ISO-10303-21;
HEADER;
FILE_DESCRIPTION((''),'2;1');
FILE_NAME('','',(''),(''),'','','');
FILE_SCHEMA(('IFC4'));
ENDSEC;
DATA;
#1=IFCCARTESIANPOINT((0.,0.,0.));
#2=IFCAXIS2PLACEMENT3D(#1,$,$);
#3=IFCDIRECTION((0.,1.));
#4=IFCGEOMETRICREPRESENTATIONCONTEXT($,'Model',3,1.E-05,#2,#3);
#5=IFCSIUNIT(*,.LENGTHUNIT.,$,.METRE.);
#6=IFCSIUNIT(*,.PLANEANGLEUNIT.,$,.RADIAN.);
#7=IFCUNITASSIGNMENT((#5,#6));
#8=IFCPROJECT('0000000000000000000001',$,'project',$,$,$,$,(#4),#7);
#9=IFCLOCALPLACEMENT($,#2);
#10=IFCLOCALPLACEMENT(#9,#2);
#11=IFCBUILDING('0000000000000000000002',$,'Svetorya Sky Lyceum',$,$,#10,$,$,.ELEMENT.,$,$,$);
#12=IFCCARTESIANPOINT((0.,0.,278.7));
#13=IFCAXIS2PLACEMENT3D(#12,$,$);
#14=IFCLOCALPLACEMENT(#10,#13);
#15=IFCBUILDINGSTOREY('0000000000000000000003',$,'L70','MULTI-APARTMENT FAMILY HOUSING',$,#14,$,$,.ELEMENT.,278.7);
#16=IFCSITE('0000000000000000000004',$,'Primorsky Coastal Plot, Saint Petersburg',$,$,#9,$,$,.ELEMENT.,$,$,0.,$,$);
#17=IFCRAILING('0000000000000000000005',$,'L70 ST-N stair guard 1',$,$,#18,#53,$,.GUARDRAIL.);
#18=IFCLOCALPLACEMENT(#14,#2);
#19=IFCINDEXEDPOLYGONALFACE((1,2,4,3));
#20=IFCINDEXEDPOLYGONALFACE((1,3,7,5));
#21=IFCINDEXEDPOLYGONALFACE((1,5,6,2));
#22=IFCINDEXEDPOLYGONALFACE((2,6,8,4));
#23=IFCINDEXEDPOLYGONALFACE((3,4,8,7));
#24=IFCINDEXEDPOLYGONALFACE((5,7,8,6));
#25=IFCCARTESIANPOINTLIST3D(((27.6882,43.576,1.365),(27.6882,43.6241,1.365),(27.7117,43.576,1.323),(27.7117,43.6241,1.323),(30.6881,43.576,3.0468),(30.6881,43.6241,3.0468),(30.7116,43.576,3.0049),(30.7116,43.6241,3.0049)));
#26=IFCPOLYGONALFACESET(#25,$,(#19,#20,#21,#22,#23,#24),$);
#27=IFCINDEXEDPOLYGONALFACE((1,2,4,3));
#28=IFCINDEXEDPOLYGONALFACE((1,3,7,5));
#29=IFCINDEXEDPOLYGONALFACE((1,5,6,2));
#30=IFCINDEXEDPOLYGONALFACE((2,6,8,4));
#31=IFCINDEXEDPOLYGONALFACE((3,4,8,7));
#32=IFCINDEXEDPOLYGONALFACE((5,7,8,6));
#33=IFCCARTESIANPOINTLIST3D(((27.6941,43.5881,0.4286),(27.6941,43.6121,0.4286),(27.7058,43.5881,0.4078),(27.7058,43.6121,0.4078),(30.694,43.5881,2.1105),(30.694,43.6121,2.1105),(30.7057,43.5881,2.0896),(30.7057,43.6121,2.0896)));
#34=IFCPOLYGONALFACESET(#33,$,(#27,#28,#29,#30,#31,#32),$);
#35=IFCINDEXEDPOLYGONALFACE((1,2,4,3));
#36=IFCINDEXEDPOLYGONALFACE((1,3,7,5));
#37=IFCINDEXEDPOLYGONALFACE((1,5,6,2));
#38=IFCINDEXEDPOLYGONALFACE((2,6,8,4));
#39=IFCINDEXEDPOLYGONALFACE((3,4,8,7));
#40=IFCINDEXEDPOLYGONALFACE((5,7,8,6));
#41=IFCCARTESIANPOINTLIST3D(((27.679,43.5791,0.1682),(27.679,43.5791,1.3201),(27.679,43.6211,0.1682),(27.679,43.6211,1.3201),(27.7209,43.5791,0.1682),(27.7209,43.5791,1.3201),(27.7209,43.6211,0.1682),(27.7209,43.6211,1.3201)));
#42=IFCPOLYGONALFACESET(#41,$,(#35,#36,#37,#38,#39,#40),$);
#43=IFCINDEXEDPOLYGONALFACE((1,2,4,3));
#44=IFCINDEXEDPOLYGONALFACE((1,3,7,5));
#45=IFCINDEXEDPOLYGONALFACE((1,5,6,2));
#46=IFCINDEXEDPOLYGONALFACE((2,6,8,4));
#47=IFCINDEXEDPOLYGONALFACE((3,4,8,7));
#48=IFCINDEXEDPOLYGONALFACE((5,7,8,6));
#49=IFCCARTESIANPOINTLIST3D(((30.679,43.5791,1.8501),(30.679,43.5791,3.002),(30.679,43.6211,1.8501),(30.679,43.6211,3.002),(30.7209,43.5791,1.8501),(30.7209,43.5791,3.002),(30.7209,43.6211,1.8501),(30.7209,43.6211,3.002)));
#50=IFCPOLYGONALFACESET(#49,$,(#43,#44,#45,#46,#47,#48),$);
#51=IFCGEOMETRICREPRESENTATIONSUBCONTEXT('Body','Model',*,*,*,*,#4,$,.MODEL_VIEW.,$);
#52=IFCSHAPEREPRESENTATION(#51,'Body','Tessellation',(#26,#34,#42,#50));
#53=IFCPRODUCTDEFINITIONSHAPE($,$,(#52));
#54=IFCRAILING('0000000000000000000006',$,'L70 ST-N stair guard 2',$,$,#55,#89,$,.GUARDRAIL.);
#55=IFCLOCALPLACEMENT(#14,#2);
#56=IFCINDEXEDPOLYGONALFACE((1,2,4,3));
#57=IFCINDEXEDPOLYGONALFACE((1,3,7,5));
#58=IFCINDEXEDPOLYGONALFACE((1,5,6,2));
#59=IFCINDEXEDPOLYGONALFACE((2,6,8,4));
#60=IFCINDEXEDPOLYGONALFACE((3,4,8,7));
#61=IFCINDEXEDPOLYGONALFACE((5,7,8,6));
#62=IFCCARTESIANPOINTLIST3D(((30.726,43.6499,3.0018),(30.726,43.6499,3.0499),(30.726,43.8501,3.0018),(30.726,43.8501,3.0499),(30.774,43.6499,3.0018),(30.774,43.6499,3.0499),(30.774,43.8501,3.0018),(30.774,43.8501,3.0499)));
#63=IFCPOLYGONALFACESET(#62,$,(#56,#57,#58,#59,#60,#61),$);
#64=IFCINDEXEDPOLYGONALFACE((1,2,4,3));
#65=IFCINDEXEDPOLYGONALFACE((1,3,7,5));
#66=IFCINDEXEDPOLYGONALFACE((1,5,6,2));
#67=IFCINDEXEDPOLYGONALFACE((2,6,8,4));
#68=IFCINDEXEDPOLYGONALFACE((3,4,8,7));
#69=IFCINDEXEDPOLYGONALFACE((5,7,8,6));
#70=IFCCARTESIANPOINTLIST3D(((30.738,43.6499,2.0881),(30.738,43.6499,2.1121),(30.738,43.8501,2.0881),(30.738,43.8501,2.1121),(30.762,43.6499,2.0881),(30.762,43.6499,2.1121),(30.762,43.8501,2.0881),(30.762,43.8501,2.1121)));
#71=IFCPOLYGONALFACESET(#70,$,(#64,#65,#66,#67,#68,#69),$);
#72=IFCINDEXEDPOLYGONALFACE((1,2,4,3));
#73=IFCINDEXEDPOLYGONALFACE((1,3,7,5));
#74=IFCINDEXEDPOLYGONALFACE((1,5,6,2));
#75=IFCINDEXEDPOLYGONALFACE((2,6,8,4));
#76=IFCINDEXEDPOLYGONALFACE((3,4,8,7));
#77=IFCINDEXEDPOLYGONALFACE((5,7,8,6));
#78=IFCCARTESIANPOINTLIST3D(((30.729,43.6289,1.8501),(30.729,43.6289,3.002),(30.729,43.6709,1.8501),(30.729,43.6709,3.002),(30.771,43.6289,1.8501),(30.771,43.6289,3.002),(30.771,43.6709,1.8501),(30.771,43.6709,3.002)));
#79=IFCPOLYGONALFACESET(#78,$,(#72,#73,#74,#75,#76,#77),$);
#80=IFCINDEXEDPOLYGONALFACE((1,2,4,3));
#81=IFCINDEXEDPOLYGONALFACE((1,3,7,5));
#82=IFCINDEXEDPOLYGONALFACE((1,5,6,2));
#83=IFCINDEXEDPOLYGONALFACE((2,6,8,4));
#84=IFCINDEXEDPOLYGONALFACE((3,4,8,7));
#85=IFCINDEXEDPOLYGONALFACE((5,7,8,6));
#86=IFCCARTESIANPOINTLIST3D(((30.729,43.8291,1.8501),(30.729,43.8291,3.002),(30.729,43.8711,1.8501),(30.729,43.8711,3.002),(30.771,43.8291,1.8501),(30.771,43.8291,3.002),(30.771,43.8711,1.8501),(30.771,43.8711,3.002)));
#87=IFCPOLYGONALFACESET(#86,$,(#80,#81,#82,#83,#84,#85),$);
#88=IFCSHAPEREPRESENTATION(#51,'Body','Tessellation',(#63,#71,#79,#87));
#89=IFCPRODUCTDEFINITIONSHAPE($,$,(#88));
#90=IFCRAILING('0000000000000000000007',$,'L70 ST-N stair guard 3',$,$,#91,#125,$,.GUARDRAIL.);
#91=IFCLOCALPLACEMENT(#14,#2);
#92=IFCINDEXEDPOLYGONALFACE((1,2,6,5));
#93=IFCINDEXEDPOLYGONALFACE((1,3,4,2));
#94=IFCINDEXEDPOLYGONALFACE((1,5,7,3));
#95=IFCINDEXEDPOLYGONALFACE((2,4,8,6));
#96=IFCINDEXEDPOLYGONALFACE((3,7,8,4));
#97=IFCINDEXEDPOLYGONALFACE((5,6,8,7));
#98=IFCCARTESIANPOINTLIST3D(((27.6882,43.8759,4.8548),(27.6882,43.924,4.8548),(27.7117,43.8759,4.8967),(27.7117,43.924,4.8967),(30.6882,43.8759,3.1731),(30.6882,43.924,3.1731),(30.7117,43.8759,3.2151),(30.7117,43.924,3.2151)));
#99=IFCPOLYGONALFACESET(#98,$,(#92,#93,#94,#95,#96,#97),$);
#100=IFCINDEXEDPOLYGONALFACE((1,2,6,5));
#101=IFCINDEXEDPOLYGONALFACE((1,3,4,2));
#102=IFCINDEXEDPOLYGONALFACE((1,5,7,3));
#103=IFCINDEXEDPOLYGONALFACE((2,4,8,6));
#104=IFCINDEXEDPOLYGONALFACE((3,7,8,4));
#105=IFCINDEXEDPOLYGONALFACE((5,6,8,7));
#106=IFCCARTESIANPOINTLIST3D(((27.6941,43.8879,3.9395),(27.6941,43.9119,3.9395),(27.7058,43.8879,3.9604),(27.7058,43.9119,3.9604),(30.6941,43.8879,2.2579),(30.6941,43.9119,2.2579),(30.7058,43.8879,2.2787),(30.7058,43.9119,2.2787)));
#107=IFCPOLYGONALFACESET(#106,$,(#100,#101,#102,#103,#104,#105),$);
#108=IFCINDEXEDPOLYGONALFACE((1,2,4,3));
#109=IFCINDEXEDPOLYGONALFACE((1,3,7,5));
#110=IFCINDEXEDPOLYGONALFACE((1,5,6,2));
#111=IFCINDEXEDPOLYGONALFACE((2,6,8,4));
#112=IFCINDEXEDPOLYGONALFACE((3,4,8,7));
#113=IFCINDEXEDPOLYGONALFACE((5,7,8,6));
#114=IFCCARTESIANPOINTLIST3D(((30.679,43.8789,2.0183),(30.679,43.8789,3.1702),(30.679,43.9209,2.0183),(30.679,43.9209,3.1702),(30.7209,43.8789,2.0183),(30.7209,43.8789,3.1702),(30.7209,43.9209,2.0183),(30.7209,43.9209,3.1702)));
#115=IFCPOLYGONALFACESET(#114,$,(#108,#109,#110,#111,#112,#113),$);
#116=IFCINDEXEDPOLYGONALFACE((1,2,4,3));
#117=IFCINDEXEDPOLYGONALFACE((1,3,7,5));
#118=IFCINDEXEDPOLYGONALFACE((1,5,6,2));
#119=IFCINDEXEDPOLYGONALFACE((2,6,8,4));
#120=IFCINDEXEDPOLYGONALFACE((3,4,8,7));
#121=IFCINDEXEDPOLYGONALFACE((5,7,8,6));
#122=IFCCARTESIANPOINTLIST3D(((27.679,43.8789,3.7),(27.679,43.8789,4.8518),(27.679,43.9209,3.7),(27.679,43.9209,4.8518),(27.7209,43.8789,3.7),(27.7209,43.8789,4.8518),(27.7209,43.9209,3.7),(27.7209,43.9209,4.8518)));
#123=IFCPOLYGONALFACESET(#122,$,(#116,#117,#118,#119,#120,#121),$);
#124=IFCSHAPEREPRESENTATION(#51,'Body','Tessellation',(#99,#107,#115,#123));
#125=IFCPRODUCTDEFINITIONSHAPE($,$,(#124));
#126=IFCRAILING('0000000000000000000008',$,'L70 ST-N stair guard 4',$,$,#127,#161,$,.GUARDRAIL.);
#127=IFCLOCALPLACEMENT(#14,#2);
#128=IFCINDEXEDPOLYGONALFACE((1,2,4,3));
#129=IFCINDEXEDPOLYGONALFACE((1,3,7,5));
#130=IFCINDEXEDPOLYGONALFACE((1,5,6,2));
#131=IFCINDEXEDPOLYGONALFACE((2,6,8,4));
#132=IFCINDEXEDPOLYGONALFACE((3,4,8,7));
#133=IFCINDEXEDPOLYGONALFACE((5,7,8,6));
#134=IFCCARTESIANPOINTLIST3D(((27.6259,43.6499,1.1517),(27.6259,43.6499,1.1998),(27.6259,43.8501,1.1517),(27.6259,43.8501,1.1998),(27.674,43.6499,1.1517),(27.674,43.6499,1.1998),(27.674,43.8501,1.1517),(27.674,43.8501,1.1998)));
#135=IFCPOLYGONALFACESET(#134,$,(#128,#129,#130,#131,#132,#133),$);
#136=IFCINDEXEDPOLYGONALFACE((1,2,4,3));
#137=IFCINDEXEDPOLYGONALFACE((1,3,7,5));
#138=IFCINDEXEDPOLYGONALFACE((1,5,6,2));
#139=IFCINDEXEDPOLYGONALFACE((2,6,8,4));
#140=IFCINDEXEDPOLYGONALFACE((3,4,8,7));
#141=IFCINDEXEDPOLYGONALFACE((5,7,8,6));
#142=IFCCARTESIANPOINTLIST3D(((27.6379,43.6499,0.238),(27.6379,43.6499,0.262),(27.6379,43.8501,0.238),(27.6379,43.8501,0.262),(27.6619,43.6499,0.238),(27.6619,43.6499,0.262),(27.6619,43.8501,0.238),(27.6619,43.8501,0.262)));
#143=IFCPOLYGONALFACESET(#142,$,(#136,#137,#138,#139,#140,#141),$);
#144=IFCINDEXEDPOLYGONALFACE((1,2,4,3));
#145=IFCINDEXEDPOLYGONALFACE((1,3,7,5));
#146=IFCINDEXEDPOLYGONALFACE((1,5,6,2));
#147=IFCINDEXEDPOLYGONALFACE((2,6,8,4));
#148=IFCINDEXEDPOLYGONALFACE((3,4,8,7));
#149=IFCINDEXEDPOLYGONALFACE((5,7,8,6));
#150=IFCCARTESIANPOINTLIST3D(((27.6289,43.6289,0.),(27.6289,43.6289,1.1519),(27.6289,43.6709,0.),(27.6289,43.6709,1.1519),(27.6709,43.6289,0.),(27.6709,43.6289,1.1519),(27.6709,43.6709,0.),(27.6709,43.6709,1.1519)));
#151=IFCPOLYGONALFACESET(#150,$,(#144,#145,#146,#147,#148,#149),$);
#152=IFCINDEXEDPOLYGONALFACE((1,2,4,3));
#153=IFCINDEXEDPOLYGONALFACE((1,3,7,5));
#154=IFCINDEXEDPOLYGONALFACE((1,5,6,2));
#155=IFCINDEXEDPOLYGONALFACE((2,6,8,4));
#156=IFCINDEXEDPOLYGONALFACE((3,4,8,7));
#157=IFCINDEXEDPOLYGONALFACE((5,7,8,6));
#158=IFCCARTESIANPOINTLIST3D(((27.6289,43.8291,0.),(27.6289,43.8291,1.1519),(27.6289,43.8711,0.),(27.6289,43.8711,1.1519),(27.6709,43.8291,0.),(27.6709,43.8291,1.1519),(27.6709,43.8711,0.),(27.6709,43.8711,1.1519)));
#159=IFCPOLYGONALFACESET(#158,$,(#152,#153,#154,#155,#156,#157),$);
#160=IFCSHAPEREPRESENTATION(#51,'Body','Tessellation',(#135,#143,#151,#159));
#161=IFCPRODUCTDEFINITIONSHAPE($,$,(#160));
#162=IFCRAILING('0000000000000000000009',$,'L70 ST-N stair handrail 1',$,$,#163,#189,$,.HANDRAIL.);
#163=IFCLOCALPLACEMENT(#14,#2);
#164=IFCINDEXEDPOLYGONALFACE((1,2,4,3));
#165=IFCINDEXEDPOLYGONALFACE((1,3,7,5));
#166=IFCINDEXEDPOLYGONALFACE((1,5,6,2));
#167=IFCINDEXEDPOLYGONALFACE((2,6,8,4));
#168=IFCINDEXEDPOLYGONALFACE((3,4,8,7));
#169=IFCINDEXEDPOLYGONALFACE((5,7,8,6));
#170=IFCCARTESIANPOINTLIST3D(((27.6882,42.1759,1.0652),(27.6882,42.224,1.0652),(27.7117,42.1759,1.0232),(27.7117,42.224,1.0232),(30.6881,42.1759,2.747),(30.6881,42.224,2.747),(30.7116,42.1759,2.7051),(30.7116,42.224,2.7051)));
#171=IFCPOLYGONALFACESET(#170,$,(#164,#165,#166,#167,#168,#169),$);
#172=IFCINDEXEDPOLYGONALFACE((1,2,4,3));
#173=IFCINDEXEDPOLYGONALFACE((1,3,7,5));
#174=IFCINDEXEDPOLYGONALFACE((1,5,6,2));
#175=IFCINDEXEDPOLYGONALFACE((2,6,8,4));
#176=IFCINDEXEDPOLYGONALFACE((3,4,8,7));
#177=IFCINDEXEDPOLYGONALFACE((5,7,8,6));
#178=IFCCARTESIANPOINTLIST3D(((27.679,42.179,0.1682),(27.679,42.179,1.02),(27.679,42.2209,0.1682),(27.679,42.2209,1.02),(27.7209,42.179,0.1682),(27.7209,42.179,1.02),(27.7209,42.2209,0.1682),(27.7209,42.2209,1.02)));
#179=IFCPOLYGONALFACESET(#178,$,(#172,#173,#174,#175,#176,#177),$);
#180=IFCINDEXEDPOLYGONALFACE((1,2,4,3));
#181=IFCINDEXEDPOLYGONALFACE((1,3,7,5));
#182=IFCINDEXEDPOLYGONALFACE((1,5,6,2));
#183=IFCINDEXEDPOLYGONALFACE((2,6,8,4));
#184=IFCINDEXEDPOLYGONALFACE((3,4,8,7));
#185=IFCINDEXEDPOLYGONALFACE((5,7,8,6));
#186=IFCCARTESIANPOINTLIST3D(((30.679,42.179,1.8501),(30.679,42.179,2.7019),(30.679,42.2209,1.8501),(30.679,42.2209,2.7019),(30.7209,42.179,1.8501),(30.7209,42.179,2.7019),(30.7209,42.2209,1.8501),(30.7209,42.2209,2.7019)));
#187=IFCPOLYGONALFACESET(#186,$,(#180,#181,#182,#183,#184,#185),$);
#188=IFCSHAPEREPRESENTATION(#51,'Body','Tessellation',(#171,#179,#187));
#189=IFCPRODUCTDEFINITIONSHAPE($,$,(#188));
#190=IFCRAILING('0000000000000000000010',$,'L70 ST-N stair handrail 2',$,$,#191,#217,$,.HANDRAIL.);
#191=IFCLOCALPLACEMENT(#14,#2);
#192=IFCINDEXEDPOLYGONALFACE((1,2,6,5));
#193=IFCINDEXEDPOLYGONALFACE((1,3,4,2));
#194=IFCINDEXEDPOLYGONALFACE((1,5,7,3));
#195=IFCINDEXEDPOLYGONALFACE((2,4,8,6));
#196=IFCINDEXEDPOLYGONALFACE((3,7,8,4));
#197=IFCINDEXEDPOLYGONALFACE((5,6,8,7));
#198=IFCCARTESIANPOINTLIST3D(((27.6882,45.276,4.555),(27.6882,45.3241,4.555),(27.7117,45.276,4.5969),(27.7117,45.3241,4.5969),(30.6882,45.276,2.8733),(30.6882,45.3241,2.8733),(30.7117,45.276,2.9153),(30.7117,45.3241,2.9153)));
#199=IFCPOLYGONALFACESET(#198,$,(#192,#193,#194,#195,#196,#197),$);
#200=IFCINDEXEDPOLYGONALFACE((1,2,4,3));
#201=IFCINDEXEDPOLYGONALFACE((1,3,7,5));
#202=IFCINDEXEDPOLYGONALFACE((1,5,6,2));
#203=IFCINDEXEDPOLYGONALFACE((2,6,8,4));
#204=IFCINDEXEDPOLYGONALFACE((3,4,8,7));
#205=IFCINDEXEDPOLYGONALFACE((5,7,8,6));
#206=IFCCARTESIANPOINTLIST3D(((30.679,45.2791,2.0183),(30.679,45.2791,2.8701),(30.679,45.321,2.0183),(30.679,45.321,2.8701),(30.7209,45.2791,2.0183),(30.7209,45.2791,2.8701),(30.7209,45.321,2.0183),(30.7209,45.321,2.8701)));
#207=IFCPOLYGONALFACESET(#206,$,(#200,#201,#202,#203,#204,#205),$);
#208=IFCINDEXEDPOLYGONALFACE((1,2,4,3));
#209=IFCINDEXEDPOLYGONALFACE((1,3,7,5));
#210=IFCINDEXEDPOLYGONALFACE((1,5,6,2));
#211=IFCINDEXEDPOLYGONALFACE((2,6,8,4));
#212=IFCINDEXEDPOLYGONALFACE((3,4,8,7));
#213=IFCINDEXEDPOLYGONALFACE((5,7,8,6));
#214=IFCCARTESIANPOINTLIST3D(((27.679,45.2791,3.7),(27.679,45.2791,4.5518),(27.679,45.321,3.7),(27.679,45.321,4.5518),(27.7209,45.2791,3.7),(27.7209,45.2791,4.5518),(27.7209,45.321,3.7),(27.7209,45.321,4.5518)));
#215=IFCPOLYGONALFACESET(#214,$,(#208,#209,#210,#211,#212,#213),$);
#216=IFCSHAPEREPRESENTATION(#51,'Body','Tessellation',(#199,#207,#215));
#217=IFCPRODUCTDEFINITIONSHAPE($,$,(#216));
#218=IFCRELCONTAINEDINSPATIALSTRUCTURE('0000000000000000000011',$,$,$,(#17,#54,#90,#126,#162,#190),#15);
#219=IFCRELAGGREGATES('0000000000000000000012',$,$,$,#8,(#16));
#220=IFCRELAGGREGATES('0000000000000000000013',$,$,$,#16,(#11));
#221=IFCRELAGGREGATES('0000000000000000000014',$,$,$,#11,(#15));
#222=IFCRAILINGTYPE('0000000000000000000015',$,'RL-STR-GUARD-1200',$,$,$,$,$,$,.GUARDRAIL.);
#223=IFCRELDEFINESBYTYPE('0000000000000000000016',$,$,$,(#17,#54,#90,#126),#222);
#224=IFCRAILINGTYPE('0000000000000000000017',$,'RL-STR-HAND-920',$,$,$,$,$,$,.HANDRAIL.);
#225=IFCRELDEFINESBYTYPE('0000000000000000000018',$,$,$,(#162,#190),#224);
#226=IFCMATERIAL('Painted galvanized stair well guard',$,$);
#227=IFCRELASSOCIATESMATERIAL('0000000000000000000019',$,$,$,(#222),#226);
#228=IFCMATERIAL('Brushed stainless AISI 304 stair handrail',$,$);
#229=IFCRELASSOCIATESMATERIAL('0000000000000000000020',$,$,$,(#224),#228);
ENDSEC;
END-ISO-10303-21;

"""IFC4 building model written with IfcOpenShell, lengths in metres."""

from ifc_helpers import new_model, si_unit, direction, frame, origin, origin_2d, place, context, subcontext, project, spatial, rectangle, extrude, material, type_object, element, save


model = new_model("IFC4")

# Units and contexts
model_context = context("Model", 3, precision=1e-05, world=origin(), true_north=direction((0.0, 1.0)))
body_context = subcontext(model_context, "Body", "Model", "MODEL_VIEW")
ifc_project = project(units=[si_unit("LENGTHUNIT", "METRE"), si_unit("PLANEANGLEUNIT", "RADIAN")], contexts=[model_context])

# Site, building, storey
site_placement = place(None, origin())
site = spatial("IfcSite", under=ifc_project, at=site_placement, Name="Primorsky Coastal Plot, Saint Petersburg", CompositionType="ELEMENT", RefElevation=0.0)
building_placement = place(site_placement, origin())
building = spatial("IfcBuilding", under=site, at=building_placement, Name="Svetorya Sky Lyceum", CompositionType="ELEMENT")
storey_placement = place(building_placement, frame((0.0, 0.0, 278.7)))
storey = spatial("IfcBuildingStorey", under=building, at=storey_placement, Name="L70", Description="MULTI-APARTMENT FAMILY HOUSING", CompositionType="ELEMENT", Elevation=278.7)

# Railings
ifc_material_1 = material(Name="Painted galvanized stair well guard")
railing_type_1 = type_object("IfcRailingType", Name="RL-STR-GUARD-1200", PredefinedType="GUARDRAIL", material=ifc_material_1)
railing_1_placement = place(storey_placement, frame((27.7, 43.6001, 0.1682)))
element("IfcRailing", 1, at=railing_1_placement, inside=storey, type_object=railing_type_1, Name="L70 ST-N stair guard 1", PredefinedType="GUARDRAIL", context=body_context, shape_type="SweptSolid", body=[
    extrude(rectangle(XDim=0.0481, YDim=0.0481, at=origin_2d()), frame((0.0, 0.0, 1.1758), z_axis=(0.872272, 0.0, 0.48902), x_axis=(0.0, 1.0, 0.0)), (0.0, 0.0, 1.0), 3.4392),
    extrude(rectangle(XDim=0.0239, YDim=0.0239, at=origin_2d()), frame((0.0, 0.0, 0.25), z_axis=(0.872272, 0.0, 0.48902), x_axis=(0.0, 1.0, 0.0)), (0.0, 0.0, 1.0), 3.4392),
    extrude(rectangle(XDim=0.042, YDim=0.042, at=origin_2d()), origin(), (0.0, 0.0, 1.0), 1.1519),
    extrude(rectangle(XDim=0.042, YDim=0.042, at=origin_2d()), frame((3.0, 0.0, 1.6819)), (0.0, 0.0, 1.0), 1.1519),
])
railing_2_placement = place(storey_placement, frame((30.75, 43.6499, 1.8501)))
element("IfcRailing", 2, at=railing_2_placement, inside=storey, type_object=railing_type_1, Name="L70 ST-N stair guard 2", PredefinedType="GUARDRAIL", context=body_context, shape_type="SweptSolid", body=[
    extrude(rectangle(XDim=0.0481, YDim=0.0481, at=origin_2d()), frame((0.0, 0.0, 1.1758), z_axis=(0.0, 1.0, 0.0), x_axis=(-1.0, 0.0, 0.0)), (0.0, 0.0, 1.0), 0.2002),
    extrude(rectangle(XDim=0.0239, YDim=0.0239, at=origin_2d()), frame((0.0, 0.0, 0.25), z_axis=(0.0, 1.0, 0.0), x_axis=(-1.0, 0.0, 0.0)), (0.0, 0.0, 1.0), 0.2002),
    extrude(rectangle(XDim=0.042, YDim=0.042, at=origin_2d()), origin(), (0.0, 0.0, 1.0), 1.1519),
    extrude(rectangle(XDim=0.042, YDim=0.042, at=origin_2d()), frame((0.0, 0.2002, 0.0)), (0.0, 0.0, 1.0), 1.1519),
])
railing_3_placement = place(storey_placement, frame((30.7, 43.8999, 2.0183)))
element("IfcRailing", 3, at=railing_3_placement, inside=storey, type_object=railing_type_1, Name="L70 ST-N stair guard 3", PredefinedType="GUARDRAIL", context=body_context, shape_type="SweptSolid", body=[
    extrude(rectangle(XDim=0.0481, YDim=0.0481, at=origin_2d()), frame((0.0, 0.0, 1.1758), z_axis=(-0.872303, 0.0, 0.488966), x_axis=(0.0, -1.0, 0.0)), (0.0, 0.0, 1.0), 3.4392),
    extrude(rectangle(XDim=0.0239, YDim=0.0239, at=origin_2d()), frame((0.0, 0.0, 0.25), z_axis=(-0.872303, 0.0, 0.488966), x_axis=(0.0, -1.0, 0.0)), (0.0, 0.0, 1.0), 3.4392),
    extrude(rectangle(XDim=0.042, YDim=0.042, at=origin_2d()), origin(), (0.0, 0.0, 1.0), 1.1519),
    extrude(rectangle(XDim=0.042, YDim=0.042, at=origin_2d()), frame((-3.0, 0.0, 1.6816)), (0.0, 0.0, 1.0), 1.1519),
])
railing_4_placement = place(storey_placement, frame((27.6499, 43.6499, 0.0)))
element("IfcRailing", 4, at=railing_4_placement, inside=storey, type_object=railing_type_1, Name="L70 ST-N stair guard 4", PredefinedType="GUARDRAIL", context=body_context, shape_type="SweptSolid", body=[
    extrude(rectangle(XDim=0.0481, YDim=0.0481, at=origin_2d()), frame((0.0, 0.0, 1.1758), z_axis=(0.0, 1.0, 0.0), x_axis=(-1.0, 0.0, 0.0)), (0.0, 0.0, 1.0), 0.2002),
    extrude(rectangle(XDim=0.0239, YDim=0.0239, at=origin_2d()), frame((0.0, 0.0, 0.25), z_axis=(0.0, 1.0, 0.0), x_axis=(-1.0, 0.0, 0.0)), (0.0, 0.0, 1.0), 0.2002),
    extrude(rectangle(XDim=0.042, YDim=0.042, at=origin_2d()), origin(), (0.0, 0.0, 1.0), 1.1519),
    extrude(rectangle(XDim=0.042, YDim=0.042, at=origin_2d()), frame((0.0, 0.2002, 0.0)), (0.0, 0.0, 1.0), 1.1519),
])
ifc_material_2 = material(Name="Brushed stainless AISI 304 stair handrail")
railing_type_2 = type_object("IfcRailingType", Name="RL-STR-HAND-920", PredefinedType="HANDRAIL", material=ifc_material_2)
railing_5_placement = place(storey_placement, frame((27.7, 42.2, 0.1682)))
element("IfcRailing", 5, at=railing_5_placement, inside=storey, type_object=railing_type_2, Name="L70 ST-N stair handrail 1", PredefinedType="HANDRAIL", context=body_context, shape_type="SweptSolid", body=[
    extrude(rectangle(XDim=0.0481, YDim=0.0481, at=origin_2d()), frame((0.0, 0.0, 0.876), z_axis=(0.872272, 0.0, 0.48902), x_axis=(0.0, 1.0, 0.0)), (0.0, 0.0, 1.0), 3.4392),
    extrude(rectangle(XDim=0.042, YDim=0.042, at=origin_2d()), origin(), (0.0, 0.0, 1.0), 0.8518),
    extrude(rectangle(XDim=0.042, YDim=0.042, at=origin_2d()), frame((3.0, 0.0, 1.6819)), (0.0, 0.0, 1.0), 0.8518),
])
railing_6_placement = place(storey_placement, frame((30.7, 45.3, 2.0183)))
element("IfcRailing", 6, at=railing_6_placement, inside=storey, type_object=railing_type_2, Name="L70 ST-N stair handrail 2", PredefinedType="HANDRAIL", context=body_context, shape_type="SweptSolid", body=[
    extrude(rectangle(XDim=0.0481, YDim=0.0481, at=origin_2d()), frame((0.0, 0.0, 0.876), z_axis=(-0.872303, 0.0, 0.488966), x_axis=(0.0, -1.0, 0.0)), (0.0, 0.0, 1.0), 3.4392),
    extrude(rectangle(XDim=0.042, YDim=0.042, at=origin_2d()), origin(), (0.0, 0.0, 1.0), 0.8518),
    extrude(rectangle(XDim=0.042, YDim=0.042, at=origin_2d()), frame((-3.0, 0.0, 1.6816)), (0.0, 0.0, 1.0), 0.8518),
])

save(model, "model.ifc")
